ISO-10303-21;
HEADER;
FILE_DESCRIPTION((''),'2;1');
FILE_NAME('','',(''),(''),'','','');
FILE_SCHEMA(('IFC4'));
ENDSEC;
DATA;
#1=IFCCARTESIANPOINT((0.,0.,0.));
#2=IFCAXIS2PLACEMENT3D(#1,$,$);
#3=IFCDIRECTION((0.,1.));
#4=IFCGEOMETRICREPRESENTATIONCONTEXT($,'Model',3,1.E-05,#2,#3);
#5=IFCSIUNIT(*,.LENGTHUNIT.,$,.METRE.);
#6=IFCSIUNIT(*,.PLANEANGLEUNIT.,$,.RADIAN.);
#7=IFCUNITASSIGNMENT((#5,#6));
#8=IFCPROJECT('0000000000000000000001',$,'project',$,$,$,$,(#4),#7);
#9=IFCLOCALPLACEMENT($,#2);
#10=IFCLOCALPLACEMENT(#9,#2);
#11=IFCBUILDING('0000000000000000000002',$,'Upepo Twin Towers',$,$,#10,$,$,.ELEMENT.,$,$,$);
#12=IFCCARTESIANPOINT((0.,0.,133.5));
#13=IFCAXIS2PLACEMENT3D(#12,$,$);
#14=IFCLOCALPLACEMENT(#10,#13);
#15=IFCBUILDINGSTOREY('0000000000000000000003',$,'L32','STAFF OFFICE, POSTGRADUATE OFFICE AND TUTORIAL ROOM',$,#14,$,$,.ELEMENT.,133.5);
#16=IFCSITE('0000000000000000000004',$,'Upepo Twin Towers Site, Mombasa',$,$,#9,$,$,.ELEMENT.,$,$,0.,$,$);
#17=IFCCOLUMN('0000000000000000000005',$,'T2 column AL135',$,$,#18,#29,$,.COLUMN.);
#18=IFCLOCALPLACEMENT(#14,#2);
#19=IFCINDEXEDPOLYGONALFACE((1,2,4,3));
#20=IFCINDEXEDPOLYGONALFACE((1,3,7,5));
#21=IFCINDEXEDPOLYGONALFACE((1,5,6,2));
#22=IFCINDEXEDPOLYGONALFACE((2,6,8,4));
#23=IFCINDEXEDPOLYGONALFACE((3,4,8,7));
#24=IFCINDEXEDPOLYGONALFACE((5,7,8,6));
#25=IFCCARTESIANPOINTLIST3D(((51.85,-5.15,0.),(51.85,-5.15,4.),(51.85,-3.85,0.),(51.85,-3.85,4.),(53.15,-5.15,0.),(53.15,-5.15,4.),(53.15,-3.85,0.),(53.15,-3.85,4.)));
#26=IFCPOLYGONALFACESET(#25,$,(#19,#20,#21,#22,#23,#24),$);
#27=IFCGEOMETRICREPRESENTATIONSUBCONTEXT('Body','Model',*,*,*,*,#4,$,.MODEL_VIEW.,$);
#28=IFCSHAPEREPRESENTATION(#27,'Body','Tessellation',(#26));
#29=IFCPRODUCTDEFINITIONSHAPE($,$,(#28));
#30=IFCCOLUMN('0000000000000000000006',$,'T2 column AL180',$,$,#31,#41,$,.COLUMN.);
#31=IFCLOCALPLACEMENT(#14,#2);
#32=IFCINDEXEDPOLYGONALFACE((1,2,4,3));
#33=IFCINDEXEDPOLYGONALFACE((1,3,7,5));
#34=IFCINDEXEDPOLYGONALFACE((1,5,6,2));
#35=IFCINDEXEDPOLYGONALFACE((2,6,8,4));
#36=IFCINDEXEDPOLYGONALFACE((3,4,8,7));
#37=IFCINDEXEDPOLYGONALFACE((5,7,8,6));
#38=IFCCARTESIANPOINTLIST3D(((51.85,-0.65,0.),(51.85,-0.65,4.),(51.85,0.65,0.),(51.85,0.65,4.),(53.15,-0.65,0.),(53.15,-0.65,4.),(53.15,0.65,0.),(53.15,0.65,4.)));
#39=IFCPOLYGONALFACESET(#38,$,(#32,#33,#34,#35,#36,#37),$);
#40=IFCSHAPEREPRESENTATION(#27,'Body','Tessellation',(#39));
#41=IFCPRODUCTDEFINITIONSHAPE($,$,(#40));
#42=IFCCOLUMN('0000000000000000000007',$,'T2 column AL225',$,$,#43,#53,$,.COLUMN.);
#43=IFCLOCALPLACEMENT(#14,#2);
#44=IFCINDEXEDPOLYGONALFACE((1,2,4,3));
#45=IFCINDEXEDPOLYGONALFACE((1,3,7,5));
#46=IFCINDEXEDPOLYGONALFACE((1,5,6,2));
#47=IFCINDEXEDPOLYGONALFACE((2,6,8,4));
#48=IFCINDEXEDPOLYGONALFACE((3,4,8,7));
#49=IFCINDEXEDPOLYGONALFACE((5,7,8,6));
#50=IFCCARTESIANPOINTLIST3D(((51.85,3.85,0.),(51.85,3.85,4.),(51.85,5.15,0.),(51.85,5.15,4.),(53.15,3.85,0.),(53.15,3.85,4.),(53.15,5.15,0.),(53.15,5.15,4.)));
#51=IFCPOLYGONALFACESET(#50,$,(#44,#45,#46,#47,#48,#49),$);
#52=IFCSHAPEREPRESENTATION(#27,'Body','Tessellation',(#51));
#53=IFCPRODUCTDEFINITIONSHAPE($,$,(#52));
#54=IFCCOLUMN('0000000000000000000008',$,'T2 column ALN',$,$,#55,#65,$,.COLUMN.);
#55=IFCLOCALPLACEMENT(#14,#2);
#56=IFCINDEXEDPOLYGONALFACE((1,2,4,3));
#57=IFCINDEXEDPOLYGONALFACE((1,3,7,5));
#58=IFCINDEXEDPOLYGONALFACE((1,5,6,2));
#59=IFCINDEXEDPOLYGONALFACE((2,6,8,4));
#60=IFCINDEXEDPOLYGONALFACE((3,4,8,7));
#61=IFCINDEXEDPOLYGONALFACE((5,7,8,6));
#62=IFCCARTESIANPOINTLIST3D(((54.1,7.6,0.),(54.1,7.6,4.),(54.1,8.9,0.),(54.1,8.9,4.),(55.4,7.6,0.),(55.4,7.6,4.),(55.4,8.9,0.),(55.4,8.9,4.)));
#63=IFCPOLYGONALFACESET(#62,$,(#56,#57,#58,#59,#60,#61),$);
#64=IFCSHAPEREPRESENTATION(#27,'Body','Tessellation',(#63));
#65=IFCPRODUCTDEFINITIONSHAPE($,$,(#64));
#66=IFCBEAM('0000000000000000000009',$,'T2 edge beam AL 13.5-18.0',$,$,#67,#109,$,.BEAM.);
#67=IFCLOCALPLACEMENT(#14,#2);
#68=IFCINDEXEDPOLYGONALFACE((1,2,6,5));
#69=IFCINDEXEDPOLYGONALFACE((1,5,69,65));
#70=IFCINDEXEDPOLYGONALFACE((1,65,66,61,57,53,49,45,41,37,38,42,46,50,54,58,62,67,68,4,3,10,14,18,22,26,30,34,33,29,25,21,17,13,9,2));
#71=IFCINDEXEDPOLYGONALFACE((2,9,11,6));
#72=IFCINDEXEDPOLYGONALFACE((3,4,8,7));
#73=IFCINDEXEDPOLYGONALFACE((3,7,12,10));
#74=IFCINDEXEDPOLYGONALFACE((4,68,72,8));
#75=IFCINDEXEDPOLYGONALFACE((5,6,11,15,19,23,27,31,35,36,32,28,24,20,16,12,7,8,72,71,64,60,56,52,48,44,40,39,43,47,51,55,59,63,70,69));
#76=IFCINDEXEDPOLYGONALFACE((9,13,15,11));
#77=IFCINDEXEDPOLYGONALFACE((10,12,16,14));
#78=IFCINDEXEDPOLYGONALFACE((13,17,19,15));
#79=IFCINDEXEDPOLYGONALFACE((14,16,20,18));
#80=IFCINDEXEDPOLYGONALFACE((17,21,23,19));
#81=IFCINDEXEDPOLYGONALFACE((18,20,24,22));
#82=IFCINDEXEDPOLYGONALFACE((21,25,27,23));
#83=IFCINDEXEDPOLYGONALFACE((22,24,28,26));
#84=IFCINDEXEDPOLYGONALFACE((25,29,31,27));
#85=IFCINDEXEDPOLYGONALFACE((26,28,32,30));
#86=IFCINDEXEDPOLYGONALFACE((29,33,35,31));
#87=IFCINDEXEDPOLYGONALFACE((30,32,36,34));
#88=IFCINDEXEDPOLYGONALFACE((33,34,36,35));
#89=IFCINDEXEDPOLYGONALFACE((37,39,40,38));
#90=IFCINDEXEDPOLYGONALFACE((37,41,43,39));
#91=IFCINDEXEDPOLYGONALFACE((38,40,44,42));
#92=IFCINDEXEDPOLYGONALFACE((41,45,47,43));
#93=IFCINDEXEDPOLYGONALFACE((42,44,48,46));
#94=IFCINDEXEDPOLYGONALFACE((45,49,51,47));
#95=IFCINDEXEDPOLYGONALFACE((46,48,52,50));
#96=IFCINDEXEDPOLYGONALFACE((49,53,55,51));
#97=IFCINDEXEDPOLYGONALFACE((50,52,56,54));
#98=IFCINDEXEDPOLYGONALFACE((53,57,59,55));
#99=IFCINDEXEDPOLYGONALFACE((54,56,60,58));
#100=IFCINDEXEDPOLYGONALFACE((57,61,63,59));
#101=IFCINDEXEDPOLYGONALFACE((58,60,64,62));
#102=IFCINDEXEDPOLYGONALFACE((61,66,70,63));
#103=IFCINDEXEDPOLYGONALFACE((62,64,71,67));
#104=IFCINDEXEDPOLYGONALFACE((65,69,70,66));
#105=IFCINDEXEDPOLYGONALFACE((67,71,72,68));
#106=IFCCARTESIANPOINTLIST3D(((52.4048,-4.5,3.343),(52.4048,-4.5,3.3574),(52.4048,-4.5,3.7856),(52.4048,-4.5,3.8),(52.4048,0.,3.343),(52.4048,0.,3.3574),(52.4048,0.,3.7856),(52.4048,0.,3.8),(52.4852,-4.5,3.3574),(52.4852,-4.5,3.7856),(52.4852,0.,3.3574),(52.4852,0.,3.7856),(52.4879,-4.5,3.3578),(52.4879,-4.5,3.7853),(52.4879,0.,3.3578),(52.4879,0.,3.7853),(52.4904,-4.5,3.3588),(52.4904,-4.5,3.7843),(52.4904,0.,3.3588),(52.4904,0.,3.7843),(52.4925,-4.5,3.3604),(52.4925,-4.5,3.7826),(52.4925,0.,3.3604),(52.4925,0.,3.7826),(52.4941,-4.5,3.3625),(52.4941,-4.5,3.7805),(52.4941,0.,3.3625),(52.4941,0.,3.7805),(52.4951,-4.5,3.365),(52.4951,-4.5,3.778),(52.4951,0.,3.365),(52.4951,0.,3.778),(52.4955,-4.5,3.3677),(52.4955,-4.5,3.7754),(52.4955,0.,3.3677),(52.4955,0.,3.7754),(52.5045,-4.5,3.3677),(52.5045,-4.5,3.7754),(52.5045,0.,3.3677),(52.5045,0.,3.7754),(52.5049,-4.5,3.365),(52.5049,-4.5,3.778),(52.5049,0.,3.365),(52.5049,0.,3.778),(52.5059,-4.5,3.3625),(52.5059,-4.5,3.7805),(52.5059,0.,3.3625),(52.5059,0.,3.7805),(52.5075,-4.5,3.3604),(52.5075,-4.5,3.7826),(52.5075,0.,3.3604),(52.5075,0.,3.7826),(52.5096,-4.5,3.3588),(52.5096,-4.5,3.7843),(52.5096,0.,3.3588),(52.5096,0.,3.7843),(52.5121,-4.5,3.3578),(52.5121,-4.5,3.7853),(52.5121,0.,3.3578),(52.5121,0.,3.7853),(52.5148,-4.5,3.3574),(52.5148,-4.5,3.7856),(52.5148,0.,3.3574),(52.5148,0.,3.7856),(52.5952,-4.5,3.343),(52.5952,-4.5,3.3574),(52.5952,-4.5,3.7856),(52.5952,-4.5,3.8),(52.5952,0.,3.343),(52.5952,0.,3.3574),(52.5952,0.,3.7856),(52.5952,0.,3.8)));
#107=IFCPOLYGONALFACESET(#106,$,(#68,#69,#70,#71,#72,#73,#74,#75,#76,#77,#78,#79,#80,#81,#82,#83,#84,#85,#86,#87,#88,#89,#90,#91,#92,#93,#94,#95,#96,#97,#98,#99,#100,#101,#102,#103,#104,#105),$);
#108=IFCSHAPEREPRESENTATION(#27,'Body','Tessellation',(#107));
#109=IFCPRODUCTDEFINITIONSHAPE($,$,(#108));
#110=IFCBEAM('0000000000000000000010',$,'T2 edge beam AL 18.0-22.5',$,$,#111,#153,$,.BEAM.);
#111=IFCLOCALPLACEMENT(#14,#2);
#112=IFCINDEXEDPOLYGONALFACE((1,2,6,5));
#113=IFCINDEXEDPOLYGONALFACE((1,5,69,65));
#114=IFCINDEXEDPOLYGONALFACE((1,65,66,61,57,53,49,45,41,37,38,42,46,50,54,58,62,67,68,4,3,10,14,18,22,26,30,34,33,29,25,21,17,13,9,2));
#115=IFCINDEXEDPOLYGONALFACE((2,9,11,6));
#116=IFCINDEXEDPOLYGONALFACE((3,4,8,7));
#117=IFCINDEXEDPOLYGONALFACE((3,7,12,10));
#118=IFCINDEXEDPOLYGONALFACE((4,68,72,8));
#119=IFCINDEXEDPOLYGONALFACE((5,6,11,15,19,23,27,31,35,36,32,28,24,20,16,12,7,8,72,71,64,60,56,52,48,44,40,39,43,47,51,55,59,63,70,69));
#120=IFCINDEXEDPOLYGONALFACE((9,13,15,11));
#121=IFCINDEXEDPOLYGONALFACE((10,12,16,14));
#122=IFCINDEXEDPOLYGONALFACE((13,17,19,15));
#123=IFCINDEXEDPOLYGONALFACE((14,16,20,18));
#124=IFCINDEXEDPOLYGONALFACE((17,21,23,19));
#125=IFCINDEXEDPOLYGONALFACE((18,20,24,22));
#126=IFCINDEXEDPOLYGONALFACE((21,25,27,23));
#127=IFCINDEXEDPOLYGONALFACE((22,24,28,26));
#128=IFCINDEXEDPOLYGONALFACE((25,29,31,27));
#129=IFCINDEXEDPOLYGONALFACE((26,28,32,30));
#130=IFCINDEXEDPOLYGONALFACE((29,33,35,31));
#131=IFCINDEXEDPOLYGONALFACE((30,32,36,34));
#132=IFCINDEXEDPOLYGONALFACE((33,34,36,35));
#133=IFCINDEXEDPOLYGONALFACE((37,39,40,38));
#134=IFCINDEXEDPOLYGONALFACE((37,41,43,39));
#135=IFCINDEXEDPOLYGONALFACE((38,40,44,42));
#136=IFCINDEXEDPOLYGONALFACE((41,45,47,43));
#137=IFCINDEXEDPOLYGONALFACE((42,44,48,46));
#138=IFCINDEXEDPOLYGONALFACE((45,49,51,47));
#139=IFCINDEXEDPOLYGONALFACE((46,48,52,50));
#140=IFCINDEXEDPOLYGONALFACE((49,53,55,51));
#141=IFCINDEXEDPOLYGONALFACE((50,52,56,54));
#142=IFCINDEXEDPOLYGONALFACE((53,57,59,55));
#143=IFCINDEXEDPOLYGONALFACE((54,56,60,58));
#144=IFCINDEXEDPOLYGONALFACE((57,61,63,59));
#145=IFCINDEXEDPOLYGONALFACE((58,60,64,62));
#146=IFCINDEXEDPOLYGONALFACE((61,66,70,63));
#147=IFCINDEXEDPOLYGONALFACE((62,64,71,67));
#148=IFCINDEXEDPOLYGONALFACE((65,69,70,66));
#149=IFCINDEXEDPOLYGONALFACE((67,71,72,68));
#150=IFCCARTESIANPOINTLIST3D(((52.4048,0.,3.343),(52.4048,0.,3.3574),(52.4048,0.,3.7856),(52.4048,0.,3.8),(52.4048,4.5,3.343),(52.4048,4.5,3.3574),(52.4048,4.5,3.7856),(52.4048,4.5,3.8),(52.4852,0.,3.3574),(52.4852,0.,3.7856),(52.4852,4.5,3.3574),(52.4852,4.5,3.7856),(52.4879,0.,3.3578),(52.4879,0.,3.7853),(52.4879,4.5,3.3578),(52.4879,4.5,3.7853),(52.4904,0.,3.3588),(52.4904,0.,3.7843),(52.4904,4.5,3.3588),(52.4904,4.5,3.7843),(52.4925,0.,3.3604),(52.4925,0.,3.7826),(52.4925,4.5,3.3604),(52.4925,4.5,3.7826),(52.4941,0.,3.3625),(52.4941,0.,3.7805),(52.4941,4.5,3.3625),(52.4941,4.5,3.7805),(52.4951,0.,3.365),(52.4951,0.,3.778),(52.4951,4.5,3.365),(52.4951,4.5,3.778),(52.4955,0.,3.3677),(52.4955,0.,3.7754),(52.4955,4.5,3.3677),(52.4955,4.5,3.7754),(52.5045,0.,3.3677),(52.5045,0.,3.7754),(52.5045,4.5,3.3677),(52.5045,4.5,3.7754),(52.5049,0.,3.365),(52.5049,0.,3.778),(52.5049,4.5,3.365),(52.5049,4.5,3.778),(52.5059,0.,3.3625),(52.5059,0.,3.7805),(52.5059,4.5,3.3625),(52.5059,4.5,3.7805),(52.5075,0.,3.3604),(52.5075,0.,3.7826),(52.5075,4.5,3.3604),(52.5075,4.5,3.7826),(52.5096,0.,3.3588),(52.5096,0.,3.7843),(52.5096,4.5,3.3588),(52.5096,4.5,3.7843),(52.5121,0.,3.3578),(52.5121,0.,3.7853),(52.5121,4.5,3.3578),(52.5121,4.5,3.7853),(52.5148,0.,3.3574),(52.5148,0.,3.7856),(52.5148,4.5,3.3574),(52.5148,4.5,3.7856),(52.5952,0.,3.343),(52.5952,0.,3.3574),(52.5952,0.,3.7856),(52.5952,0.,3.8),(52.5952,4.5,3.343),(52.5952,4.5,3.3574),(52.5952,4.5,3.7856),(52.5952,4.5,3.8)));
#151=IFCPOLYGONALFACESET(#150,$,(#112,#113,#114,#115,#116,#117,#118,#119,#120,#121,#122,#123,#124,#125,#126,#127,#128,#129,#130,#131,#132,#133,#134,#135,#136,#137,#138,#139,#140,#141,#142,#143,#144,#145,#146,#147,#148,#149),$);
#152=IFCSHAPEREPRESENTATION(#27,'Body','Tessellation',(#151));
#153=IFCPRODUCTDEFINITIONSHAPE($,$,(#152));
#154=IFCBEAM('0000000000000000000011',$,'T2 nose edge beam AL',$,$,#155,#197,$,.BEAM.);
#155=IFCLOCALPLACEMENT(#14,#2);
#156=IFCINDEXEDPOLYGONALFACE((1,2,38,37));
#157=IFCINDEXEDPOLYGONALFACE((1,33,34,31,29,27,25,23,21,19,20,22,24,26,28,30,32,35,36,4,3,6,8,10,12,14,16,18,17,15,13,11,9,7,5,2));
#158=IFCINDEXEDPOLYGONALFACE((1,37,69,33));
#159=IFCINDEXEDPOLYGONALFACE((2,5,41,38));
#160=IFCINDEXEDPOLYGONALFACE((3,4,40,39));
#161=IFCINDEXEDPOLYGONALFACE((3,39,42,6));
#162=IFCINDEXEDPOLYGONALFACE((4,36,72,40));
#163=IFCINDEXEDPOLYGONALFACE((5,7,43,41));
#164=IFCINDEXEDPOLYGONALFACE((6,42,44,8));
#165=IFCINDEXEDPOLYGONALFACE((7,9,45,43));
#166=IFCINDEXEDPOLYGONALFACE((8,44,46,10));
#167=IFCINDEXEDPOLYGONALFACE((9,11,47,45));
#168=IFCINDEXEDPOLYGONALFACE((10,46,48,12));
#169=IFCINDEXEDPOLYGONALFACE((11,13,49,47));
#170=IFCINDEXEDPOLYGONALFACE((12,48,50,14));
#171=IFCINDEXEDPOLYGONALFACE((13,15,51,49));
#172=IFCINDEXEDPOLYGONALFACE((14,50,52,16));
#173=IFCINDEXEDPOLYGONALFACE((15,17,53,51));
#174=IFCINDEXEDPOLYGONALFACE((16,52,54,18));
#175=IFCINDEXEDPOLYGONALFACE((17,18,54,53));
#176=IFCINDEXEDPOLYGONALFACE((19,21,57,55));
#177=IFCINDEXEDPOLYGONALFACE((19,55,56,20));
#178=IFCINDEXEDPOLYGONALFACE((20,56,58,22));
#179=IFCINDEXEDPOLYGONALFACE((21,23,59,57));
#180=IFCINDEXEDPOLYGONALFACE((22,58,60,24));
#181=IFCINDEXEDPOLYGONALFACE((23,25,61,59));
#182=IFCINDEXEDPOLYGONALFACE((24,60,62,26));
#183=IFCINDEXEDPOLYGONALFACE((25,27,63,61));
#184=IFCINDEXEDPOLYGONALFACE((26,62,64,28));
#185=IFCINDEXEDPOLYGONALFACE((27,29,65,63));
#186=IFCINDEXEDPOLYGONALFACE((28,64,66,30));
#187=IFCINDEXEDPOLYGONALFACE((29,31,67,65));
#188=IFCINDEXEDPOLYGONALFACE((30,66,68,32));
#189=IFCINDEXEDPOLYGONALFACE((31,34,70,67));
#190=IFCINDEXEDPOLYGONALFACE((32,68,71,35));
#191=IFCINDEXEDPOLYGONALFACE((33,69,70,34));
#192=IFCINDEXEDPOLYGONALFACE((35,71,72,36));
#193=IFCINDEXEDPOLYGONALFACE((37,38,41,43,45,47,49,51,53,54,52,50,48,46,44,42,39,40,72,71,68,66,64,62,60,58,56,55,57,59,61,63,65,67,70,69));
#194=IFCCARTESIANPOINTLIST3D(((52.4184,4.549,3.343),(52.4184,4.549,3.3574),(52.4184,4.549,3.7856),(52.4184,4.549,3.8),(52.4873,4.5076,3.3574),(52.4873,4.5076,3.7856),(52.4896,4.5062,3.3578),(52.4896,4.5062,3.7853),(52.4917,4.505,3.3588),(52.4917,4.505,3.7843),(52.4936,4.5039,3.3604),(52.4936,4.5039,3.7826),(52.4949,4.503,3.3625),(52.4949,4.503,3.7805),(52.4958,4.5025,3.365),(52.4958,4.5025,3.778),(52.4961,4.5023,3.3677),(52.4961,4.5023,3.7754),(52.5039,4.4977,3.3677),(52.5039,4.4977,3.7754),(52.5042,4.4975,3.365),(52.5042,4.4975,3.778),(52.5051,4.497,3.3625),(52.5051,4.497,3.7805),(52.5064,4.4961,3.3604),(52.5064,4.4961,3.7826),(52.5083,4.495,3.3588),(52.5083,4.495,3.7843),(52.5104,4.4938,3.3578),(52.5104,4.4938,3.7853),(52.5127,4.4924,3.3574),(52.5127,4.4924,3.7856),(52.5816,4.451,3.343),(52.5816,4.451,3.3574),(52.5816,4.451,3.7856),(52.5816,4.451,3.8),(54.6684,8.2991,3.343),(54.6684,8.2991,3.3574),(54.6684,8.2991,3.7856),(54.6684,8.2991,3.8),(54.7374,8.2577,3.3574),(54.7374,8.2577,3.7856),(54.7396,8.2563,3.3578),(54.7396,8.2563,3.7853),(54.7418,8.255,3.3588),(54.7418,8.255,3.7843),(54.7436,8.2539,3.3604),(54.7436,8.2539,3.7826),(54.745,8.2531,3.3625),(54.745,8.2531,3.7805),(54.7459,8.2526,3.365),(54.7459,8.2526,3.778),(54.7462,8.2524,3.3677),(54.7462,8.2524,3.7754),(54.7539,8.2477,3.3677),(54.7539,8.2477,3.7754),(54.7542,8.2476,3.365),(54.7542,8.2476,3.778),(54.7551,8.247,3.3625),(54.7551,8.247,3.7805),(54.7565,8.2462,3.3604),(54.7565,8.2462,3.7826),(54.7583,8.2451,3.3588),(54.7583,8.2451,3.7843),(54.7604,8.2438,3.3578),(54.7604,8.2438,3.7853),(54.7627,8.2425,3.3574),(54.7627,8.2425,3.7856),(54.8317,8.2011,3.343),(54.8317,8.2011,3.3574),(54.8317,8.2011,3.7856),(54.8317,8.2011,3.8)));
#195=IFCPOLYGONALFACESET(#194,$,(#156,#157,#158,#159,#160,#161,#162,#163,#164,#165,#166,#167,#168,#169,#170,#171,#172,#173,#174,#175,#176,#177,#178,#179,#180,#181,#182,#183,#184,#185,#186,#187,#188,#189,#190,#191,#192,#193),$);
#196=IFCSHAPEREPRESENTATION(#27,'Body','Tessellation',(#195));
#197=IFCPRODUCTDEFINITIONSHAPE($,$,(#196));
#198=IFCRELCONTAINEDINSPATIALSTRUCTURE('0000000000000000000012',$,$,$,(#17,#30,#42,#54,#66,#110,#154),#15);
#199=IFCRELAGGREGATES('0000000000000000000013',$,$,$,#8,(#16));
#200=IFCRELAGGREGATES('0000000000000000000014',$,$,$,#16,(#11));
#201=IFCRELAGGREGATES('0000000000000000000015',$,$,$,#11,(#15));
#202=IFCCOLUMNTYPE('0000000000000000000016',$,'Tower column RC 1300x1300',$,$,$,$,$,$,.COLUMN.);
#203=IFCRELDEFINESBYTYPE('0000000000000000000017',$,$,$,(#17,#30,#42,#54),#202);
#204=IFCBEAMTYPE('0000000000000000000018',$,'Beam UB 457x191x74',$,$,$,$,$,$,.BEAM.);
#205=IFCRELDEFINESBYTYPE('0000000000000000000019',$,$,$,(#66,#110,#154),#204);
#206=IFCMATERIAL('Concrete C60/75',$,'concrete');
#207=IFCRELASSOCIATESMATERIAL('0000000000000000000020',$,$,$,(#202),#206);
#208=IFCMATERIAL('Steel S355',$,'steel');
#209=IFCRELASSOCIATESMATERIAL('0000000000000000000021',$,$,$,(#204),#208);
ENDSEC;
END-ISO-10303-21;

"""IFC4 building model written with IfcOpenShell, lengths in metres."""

from ifc_helpers import new_model, si_unit, direction, frame, origin, origin_2d, place, context, subcontext, project, spatial, rectangle, i_section, extrude, material, material_profile, profile_set, type_object, element, save


model = new_model("IFC4")

# Units and contexts
model_context = context("Model", 3, precision=1e-05, world=origin(), true_north=direction((0.0, 1.0)))
body_context = subcontext(model_context, "Body", "Model", "MODEL_VIEW")
ifc_project = project(units=[si_unit("LENGTHUNIT", "METRE"), si_unit("PLANEANGLEUNIT", "RADIAN")], contexts=[model_context])

# Site, building, storey
site_placement = place(None, origin())
site = spatial("IfcSite", under=ifc_project, at=site_placement, Name="Upepo Twin Towers Site, Mombasa", CompositionType="ELEMENT", RefElevation=0.0)
building_placement = place(site_placement, origin())
building = spatial("IfcBuilding", under=site, at=building_placement, Name="Upepo Twin Towers", CompositionType="ELEMENT")
storey_placement = place(building_placement, frame((0.0, 0.0, 133.5)))
storey = spatial("IfcBuildingStorey", under=building, at=storey_placement, Name="L32", Description="STAFF OFFICE, POSTGRADUATE OFFICE AND TUTORIAL ROOM", CompositionType="ELEMENT", Elevation=133.5)

# Columns
ifc_material_1 = material(Name="Concrete C60/75", Category="concrete")
ifc_material_profile_1 = material_profile(ifc_material_1, rectangle(XDim=1.3, YDim=1.3, at=origin_2d()), Name="RC 1300x1300")
ifc_profile_set_1 = profile_set([ifc_material_profile_1], Name="Concrete C60/75")
column_type = type_object("IfcColumnType", Name="Tower column RC 1300x1300", PredefinedType="COLUMN", material=ifc_profile_set_1)
for number, where, z_axis, x_axis, name in (
    (1, (52.5, -4.5, 0.0), (0.0, 0.0, 1.0), (1.0, 0.0, 0.0), "T2 column AL135"),
    (2, (52.5, 0.0, 0.0), (0.0, 0.0, 1.0), (1.0, 0.0, 0.0), "T2 column AL180"),
    (3, (52.5, 4.5, 0.0), (0.0, 0.0, 1.0), (1.0, 0.0, 0.0), "T2 column AL225"),
    (4, (54.75, 8.25, 0.0), (0.0, 0.0, 1.0), (1.0, 0.0, 0.0), "T2 column ALN"),
):
    element("IfcColumn", number, at=place(storey_placement, frame(where, z_axis=z_axis, x_axis=x_axis)), inside=storey, type_object=column_type, Name=name, PredefinedType="COLUMN", context=body_context, shape_type="SweptSolid", body=[
        extrude(rectangle(XDim=1.3, YDim=1.3, at=origin_2d()), origin(), (0.0, 0.0, 1.0), 4.0),
    ])

# Beams
ifc_material_2 = material(Name="Steel S355", Category="steel")
ifc_material_profile_2 = material_profile(ifc_material_2, i_section(OverallWidth=0.1904, OverallDepth=0.457, WebThickness=0.009, FlangeThickness=0.0144, FilletRadius=0.0103, at=origin_2d()), Name="UB 457x191x74")
ifc_profile_set_2 = profile_set([ifc_material_profile_2], Name="Steel S355")
beam_type_1 = type_object("IfcBeamType", Name="Beam UB 457x191x74", PredefinedType="BEAM", material=ifc_profile_set_2)
for number, where, z_axis, x_axis, name in (
    (5, (52.5, -4.5, 3.5715), (0.0, 1.0, 0.0), (-1.0, 0.0, 0.0), "T2 edge beam AL 13.5-18.0"),
    (6, (52.5, 0.0, 3.5715), (0.0, 1.0, 0.0), (-1.0, 0.0, 0.0), "T2 edge beam AL 18.0-22.5"),
):
    element("IfcBeam", number, at=place(storey_placement, frame(where, z_axis=z_axis, x_axis=x_axis)), inside=storey, type_object=beam_type_1, Name=name, PredefinedType="BEAM", context=body_context, shape_type="SweptSolid", body=[
        extrude(i_section(OverallWidth=0.1904, OverallDepth=0.457, WebThickness=0.009, FlangeThickness=0.0144, FilletRadius=0.0103, at=origin_2d()), origin(), (0.0, 0.0, 1.0), 4.5),
    ])
beam_1_placement = place(storey_placement, frame((52.5, 4.5, 3.5715), z_axis=(0.514496, 0.857493, 0.0), x_axis=(-0.857493, 0.514496, 0.0)))
element("IfcBeam", 7, at=beam_1_placement, inside=storey, type_object=beam_type_1, Name="T2 nose edge beam AL", PredefinedType="BEAM", context=body_context, shape_type="SweptSolid", body=[
    extrude(i_section(OverallWidth=0.1904, OverallDepth=0.457, WebThickness=0.009, FlangeThickness=0.0144, FilletRadius=0.0103, at=origin_2d()), origin(), (0.0, 0.0, 1.0), 4.3733),
])

save(model, "model.ifc")
